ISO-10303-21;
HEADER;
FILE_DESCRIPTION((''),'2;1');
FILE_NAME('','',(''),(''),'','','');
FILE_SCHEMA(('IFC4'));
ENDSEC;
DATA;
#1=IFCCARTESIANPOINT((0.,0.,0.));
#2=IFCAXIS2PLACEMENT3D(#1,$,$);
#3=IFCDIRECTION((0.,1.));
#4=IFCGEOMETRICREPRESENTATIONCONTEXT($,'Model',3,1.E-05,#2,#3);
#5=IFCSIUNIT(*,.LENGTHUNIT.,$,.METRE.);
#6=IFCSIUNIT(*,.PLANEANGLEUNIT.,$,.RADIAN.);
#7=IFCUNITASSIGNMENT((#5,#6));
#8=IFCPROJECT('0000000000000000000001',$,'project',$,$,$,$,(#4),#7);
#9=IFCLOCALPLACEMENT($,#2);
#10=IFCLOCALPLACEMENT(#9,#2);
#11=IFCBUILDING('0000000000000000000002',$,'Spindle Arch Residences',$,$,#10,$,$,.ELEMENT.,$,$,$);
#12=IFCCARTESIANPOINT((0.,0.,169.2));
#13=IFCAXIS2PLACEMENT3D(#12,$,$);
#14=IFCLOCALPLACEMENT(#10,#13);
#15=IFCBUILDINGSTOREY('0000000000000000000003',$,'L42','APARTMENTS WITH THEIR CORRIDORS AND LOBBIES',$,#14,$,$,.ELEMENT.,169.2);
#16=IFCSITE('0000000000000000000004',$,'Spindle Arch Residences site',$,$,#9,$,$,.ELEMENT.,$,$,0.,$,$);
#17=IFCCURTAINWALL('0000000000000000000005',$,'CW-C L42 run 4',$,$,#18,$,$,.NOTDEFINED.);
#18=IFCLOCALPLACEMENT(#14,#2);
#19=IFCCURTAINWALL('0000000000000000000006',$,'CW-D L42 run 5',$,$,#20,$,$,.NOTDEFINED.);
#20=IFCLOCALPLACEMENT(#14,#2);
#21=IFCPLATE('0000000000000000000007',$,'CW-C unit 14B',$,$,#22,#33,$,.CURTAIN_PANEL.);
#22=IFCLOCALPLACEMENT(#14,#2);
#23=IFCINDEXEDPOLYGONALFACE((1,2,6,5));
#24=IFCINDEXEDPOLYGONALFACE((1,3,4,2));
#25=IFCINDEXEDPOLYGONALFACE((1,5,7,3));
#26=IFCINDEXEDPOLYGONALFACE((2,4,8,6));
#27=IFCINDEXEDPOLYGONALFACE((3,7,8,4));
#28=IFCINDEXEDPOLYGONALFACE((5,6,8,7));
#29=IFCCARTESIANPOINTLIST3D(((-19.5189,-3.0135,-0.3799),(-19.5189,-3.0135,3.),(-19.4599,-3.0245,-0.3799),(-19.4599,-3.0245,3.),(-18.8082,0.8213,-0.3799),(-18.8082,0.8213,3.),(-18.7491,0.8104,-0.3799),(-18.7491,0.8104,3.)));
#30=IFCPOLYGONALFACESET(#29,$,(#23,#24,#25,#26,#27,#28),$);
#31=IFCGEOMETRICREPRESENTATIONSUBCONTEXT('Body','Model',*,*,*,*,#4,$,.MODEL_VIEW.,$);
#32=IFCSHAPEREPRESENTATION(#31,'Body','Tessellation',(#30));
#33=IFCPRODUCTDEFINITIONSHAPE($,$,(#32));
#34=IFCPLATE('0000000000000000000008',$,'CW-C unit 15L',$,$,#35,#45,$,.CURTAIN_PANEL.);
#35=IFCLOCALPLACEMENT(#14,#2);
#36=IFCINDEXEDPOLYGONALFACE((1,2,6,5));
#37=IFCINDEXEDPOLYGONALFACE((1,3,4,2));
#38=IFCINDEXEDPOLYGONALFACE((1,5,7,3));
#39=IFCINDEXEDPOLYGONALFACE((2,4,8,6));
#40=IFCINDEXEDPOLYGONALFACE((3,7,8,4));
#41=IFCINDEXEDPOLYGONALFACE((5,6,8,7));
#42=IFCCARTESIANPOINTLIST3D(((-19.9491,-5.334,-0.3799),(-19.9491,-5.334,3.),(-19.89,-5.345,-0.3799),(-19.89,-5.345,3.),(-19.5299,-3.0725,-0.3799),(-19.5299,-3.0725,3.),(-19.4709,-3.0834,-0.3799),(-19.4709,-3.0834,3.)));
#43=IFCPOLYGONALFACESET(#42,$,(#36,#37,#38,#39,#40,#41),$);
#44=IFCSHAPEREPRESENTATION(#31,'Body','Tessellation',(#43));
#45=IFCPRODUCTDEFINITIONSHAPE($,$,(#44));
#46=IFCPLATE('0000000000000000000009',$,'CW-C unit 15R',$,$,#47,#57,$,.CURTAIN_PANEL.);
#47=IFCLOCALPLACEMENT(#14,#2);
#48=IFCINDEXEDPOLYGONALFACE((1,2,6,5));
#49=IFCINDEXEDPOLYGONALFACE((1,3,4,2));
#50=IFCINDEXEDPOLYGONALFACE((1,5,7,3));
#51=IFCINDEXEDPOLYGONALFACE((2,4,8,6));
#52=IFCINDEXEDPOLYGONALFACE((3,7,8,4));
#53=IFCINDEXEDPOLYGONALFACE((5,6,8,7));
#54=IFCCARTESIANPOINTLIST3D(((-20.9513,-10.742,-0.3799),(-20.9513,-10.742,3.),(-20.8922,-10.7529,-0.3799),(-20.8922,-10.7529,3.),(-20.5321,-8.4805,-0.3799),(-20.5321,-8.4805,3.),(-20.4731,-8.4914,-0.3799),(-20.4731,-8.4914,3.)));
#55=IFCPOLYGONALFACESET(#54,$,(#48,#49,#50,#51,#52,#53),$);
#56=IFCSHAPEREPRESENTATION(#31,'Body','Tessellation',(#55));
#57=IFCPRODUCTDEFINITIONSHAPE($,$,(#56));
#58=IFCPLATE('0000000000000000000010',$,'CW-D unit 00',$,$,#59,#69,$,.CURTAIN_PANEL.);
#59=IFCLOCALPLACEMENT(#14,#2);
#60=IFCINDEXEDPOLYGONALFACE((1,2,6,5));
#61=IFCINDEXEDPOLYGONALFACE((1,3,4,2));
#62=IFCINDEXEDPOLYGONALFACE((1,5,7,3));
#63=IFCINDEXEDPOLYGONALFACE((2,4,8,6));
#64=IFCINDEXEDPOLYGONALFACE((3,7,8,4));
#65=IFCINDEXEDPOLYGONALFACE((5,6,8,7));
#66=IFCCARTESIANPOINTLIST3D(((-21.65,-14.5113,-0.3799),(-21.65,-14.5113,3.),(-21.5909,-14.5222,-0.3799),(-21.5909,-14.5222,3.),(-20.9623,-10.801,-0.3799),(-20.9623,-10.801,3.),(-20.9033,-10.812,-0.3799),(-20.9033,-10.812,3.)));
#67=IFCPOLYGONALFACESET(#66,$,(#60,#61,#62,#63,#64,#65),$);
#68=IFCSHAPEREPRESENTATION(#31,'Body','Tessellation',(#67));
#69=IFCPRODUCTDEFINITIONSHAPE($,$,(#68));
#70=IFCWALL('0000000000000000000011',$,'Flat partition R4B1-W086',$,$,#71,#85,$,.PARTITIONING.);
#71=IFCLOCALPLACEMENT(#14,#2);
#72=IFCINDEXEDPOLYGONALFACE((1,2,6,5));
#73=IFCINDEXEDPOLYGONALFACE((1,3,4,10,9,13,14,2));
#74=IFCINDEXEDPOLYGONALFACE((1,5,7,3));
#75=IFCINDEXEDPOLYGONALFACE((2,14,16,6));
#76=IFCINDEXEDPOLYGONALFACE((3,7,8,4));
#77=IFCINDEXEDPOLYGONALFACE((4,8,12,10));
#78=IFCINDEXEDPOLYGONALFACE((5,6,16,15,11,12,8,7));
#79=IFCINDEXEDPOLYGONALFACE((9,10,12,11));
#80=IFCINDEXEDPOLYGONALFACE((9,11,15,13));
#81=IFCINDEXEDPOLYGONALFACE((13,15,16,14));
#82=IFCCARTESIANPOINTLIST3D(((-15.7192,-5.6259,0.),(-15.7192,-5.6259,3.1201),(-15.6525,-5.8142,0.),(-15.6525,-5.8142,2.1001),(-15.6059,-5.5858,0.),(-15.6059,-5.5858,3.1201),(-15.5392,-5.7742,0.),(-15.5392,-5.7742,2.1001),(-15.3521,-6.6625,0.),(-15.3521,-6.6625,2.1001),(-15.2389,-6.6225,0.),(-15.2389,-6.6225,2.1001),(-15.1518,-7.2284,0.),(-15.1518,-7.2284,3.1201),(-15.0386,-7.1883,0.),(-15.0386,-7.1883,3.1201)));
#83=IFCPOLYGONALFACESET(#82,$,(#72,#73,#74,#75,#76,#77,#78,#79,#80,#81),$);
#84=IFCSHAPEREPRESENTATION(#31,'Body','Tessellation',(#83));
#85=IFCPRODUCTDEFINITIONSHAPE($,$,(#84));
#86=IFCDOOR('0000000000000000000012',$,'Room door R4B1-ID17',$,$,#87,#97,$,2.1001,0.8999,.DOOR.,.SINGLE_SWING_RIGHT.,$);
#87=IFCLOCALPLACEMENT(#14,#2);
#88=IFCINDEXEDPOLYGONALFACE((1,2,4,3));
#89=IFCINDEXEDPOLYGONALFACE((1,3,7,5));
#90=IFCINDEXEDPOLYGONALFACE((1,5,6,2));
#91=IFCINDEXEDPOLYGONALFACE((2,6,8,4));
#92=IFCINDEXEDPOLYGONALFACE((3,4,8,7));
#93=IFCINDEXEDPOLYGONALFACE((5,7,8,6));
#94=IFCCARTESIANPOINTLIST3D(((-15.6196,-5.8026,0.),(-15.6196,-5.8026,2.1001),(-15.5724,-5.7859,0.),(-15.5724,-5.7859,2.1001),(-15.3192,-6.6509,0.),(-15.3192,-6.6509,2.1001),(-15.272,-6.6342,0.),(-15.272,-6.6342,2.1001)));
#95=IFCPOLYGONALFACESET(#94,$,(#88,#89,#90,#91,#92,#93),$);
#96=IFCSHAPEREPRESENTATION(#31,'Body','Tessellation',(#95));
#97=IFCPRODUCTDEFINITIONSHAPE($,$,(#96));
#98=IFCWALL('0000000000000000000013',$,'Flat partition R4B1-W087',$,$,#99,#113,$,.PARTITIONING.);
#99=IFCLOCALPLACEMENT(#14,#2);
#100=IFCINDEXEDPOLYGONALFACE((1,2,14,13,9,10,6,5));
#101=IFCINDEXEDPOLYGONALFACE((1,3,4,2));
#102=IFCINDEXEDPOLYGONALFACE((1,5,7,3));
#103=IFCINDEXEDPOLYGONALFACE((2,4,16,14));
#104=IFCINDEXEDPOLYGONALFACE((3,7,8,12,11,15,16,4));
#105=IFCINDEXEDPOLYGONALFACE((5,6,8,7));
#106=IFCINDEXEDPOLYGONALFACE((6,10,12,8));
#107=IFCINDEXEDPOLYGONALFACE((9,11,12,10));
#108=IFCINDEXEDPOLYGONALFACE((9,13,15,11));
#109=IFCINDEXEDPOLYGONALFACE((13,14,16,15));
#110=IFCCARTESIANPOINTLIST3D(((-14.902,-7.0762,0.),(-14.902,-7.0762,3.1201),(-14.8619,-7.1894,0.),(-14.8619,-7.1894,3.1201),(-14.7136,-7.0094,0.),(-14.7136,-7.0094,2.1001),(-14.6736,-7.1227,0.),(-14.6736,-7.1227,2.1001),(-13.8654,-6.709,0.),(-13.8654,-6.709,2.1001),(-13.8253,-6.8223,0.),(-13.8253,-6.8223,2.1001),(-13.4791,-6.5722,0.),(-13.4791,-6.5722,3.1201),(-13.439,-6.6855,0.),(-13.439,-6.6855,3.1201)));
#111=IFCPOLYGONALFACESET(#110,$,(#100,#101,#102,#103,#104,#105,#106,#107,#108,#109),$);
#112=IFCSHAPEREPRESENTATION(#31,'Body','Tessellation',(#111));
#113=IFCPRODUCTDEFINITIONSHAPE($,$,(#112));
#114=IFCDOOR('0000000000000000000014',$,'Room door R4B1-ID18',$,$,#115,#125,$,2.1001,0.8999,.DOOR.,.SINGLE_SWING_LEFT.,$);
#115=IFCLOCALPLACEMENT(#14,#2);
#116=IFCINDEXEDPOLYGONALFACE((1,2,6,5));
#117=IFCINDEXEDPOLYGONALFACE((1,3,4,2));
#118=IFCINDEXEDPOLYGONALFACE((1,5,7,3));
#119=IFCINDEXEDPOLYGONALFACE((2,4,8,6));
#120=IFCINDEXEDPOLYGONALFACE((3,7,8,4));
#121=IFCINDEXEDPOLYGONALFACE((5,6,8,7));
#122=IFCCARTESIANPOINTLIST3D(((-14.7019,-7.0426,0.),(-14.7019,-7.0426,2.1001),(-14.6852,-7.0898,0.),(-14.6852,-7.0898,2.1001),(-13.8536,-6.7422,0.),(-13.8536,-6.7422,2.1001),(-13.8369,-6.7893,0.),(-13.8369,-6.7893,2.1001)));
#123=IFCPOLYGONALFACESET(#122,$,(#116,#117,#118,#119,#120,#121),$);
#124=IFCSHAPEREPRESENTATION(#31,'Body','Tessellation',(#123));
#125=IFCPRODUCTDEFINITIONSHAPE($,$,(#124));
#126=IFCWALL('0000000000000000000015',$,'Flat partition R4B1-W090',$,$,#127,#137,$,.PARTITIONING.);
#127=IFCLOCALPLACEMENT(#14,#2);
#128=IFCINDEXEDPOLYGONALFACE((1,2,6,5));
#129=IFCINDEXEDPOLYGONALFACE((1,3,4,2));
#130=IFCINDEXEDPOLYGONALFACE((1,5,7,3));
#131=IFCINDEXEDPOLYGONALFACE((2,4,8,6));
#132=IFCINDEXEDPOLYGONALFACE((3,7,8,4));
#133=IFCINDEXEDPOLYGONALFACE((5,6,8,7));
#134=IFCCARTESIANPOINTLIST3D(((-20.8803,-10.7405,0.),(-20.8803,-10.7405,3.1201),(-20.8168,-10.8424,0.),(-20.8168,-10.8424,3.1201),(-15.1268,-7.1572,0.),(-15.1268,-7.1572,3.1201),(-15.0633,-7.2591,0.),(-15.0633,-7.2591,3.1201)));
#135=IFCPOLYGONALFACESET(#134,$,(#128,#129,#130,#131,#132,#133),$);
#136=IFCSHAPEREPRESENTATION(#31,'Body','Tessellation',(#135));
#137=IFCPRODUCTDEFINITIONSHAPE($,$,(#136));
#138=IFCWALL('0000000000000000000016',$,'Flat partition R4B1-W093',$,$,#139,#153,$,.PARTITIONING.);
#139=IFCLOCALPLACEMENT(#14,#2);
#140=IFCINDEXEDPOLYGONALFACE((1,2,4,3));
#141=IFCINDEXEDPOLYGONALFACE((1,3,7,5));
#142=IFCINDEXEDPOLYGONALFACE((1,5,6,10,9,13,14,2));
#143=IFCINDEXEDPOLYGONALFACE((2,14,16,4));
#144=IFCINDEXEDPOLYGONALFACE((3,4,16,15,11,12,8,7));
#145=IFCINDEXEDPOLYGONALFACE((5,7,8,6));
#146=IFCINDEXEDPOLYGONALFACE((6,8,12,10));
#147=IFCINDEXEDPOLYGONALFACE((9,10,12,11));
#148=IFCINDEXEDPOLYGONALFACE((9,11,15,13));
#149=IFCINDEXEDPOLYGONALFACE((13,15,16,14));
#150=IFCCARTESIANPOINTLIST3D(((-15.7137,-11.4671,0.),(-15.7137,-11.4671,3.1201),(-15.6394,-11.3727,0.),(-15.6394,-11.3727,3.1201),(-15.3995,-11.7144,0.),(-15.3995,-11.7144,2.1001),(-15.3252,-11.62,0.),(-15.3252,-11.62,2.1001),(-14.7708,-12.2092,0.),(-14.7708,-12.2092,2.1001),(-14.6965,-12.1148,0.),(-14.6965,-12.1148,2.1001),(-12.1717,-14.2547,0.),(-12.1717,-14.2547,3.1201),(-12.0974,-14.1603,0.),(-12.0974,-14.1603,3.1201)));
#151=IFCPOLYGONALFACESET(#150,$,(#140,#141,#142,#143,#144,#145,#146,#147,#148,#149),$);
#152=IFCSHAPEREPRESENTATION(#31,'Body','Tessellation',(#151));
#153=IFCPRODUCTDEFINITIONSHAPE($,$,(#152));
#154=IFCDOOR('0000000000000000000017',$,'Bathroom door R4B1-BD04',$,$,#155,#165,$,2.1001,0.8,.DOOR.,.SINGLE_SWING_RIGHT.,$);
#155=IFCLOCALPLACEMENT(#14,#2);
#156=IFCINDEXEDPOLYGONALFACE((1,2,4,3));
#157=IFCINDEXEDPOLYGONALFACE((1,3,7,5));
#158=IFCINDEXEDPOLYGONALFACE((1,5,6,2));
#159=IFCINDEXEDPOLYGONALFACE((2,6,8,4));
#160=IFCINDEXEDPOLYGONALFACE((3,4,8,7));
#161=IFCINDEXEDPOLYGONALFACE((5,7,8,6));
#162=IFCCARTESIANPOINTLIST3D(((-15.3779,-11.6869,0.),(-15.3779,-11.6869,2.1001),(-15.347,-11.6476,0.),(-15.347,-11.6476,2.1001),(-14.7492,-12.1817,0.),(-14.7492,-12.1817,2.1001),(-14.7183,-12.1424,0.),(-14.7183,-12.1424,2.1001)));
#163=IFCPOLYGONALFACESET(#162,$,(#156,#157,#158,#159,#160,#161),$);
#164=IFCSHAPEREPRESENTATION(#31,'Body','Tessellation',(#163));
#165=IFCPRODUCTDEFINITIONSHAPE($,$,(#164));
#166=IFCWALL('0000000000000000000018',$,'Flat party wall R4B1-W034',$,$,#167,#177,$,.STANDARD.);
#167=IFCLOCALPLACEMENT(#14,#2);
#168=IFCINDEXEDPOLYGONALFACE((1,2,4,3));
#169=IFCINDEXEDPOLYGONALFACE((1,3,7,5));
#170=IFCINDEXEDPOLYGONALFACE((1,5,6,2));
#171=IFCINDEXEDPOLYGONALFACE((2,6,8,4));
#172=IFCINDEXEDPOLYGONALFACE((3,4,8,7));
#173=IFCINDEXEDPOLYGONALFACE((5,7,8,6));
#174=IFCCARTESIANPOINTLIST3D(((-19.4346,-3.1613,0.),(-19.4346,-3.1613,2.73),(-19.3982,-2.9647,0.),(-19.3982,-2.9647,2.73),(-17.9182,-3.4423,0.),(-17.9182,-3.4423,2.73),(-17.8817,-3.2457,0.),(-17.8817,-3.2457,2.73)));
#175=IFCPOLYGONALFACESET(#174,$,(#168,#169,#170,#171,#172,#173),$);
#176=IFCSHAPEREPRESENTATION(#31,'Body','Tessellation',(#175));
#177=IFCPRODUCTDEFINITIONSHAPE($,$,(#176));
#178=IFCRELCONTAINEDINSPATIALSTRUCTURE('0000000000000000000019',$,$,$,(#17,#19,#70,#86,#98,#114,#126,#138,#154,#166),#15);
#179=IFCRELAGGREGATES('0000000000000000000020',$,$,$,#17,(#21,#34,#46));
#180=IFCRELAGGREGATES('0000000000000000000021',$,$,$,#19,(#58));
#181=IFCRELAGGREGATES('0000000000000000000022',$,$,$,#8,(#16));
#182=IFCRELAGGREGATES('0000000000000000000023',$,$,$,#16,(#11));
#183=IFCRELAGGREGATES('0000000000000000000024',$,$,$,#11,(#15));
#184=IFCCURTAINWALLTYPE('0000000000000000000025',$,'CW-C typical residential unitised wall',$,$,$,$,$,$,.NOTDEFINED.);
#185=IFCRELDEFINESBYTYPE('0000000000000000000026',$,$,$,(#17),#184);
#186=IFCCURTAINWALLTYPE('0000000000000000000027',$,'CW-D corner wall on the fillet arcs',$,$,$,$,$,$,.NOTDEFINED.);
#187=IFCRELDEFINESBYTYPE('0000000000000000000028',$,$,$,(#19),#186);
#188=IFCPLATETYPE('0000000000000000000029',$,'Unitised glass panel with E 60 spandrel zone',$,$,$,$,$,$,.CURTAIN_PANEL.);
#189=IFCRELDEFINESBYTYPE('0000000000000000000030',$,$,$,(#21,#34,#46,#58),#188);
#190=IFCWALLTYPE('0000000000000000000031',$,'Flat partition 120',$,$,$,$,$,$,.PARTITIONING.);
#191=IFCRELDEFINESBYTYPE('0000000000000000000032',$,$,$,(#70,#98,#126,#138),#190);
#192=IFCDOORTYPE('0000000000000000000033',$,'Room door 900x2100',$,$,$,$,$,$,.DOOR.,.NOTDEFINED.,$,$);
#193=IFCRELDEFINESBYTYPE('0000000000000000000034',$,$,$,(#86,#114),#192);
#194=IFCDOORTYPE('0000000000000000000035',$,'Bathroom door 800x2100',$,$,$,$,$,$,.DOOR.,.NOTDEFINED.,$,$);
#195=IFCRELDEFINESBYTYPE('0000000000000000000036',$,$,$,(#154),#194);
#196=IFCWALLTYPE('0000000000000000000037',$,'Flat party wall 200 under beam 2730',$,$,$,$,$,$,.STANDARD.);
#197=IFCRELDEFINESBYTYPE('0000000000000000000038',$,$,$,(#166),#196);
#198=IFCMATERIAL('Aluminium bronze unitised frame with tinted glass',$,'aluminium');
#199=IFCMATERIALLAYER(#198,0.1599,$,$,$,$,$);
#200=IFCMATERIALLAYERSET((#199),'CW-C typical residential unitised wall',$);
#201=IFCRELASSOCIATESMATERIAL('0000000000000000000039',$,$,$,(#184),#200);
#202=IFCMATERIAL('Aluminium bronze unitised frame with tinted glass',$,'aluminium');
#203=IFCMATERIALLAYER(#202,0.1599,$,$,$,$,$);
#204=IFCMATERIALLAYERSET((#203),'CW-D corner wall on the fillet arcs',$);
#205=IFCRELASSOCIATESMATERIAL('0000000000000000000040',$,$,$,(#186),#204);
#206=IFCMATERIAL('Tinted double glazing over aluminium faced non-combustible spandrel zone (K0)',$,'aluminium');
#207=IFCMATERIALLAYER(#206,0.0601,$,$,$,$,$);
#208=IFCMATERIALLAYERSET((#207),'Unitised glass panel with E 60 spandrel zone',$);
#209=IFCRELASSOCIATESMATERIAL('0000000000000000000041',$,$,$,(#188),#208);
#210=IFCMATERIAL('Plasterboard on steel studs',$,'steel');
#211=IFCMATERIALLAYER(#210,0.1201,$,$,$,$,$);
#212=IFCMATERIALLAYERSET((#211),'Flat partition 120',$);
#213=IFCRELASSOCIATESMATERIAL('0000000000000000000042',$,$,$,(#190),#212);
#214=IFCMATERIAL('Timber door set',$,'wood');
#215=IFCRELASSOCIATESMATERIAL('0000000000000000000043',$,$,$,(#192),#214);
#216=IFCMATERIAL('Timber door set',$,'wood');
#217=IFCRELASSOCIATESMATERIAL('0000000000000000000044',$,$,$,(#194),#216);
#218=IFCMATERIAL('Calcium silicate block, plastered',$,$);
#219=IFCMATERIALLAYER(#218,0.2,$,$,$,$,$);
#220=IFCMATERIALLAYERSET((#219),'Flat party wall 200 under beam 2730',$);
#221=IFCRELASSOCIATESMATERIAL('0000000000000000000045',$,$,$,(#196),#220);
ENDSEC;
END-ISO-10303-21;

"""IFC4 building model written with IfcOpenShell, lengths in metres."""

from ifc_helpers import new_model, si_unit, direction, frame, frame_2d, origin, origin_2d, place, context, subcontext, project, spatial, rectangle, extrude, material, layer, layer_set, type_object, element, fill, aggregate, save


model = new_model("IFC4")

# Units and contexts
model_context = context("Model", 3, precision=1e-05, world=origin(), true_north=direction((0.0, 1.0)))
body_context = subcontext(model_context, "Body", "Model", "MODEL_VIEW")
ifc_project = project(units=[si_unit("LENGTHUNIT", "METRE"), si_unit("PLANEANGLEUNIT", "RADIAN")], contexts=[model_context])

# Site, building, storey
site_placement = place(None, origin())
site = spatial("IfcSite", under=ifc_project, at=site_placement, Name="Spindle Arch Residences site", CompositionType="ELEMENT", RefElevation=0.0)
building_placement = place(site_placement, origin())
building = spatial("IfcBuilding", under=site, at=building_placement, Name="Spindle Arch Residences", CompositionType="ELEMENT")
storey_placement = place(building_placement, frame((0.0, 0.0, 169.2)))
storey = spatial("IfcBuildingStorey", under=building, at=storey_placement, Name="L42", Description="APARTMENTS WITH THEIR CORRIDORS AND LOBBIES", CompositionType="ELEMENT", Elevation=169.2)

# Curtain wall
ifc_material_1 = material(Name="Aluminium bronze unitised frame with tinted glass", Category="aluminium")
ifc_layer_1 = layer(ifc_material_1, 0.1599)
ifc_layer_set_1 = layer_set([ifc_layer_1], Name="CW-C typical residential unitised wall")
curtain_wall_type_1 = type_object("IfcCurtainWallType", Name="CW-C typical residential unitised wall", PredefinedType="NOTDEFINED", material=ifc_layer_set_1)
curtain_wall_1_placement = place(storey_placement, origin())
curtain_wall_1 = element("IfcCurtainWall", 1, at=curtain_wall_1_placement, inside=storey, type_object=curtain_wall_type_1, Name="CW-C L42 run 4", PredefinedType="NOTDEFINED")

# Curtain wall
ifc_material_2 = material(Name="Aluminium bronze unitised frame with tinted glass", Category="aluminium")
ifc_layer_2 = layer(ifc_material_2, 0.1599)
ifc_layer_set_2 = layer_set([ifc_layer_2], Name="CW-D corner wall on the fillet arcs")
curtain_wall_type_2 = type_object("IfcCurtainWallType", Name="CW-D corner wall on the fillet arcs", PredefinedType="NOTDEFINED", material=ifc_layer_set_2)
curtain_wall_2_placement = place(storey_placement, origin())
curtain_wall_2 = element("IfcCurtainWall", 2, at=curtain_wall_2_placement, inside=storey, type_object=curtain_wall_type_2, Name="CW-D L42 run 5", PredefinedType="NOTDEFINED")

# Plates
ifc_material_3 = material(Name="Tinted double glazing over aluminium faced non-combustible spandrel zone (K0)", Category="aluminium")
ifc_layer_3 = layer(ifc_material_3, 0.0601)
ifc_layer_set_3 = layer_set([ifc_layer_3], Name="Unitised glass panel with E 60 spandrel zone")
plate_type = type_object("IfcPlateType", Name="Unitised glass panel with E 60 spandrel zone", PredefinedType="CURTAIN_PANEL", material=ifc_layer_set_3)
plate_1_placement = place(storey_placement, frame((-19.134, -1.1016, -0.3799), z_axis=(0.0, 0.0, 1.0), x_axis=(-0.182236, -0.983255, 0.0)))
plate_1 = element("IfcPlate", 3, at=plate_1_placement, type_object=plate_type, Name="CW-C unit 14B", PredefinedType="CURTAIN_PANEL", context=body_context, shape_type="SweptSolid", body=[
    extrude(rectangle(XDim=3.9001, YDim=0.0601, at=origin_2d()), origin(), (0.0, 0.0, 1.0), 3.3799),
])
plate_2_placement = place(storey_placement, frame((-19.71, -4.2087, -0.3799), z_axis=(0.0, 0.0, 1.0), x_axis=(-0.182236, -0.983255, 0.0)))
plate_2 = element("IfcPlate", 4, at=plate_2_placement, type_object=plate_type, Name="CW-C unit 15L", PredefinedType="CURTAIN_PANEL", context=body_context, shape_type="SweptSolid", body=[
    extrude(rectangle(XDim=2.3, YDim=0.0601, at=origin_2d()), origin(), (0.0, 0.0, 1.0), 3.3799),
])
plate_3_placement = place(storey_placement, frame((-20.7122, -9.6167, -0.3799), z_axis=(0.0, 0.0, 1.0), x_axis=(-0.182236, -0.983255, 0.0)))
plate_3 = element("IfcPlate", 5, at=plate_3_placement, type_object=plate_type, Name="CW-C unit 15R", PredefinedType="CURTAIN_PANEL", context=body_context, shape_type="SweptSolid", body=[
    extrude(rectangle(XDim=2.3, YDim=0.0601, at=origin_2d()), origin(), (0.0, 0.0, 1.0), 3.3799),
])
aggregate(curtain_wall_1, [plate_1, plate_2, plate_3])
plate_4_placement = place(storey_placement, frame((-21.2766, -12.6616, -0.3799), z_axis=(0.0, 0.0, 1.0), x_axis=(-0.182236, -0.983255, 0.0)))
plate_4 = element("IfcPlate", 6, at=plate_4_placement, type_object=plate_type, Name="CW-D unit 00", PredefinedType="CURTAIN_PANEL", context=body_context, shape_type="SweptSolid", body=[
    extrude(rectangle(XDim=3.7734, YDim=0.0601, at=origin_2d()), origin(), (0.0, 0.0, 1.0), 3.3799),
])
aggregate(curtain_wall_2, [plate_4])

# Walls, openings, doors
ifc_material_4 = material(Name="Plasterboard on steel studs", Category="steel")
ifc_layer_4 = layer(ifc_material_4, 0.1201)
ifc_layer_set_4 = layer_set([ifc_layer_4], Name="Flat partition 120")
wall_type_1 = type_object("IfcWallType", Name="Flat partition 120", PredefinedType="PARTITIONING", material=ifc_layer_set_4)
wall_1_placement = place(storey_placement, frame((-15.6626, -5.6057, 0.0), z_axis=(0.0, 0.0, 1.0), x_axis=(0.333751, -0.942661, 0.0)))
wall_1 = element("IfcWall", 7, at=wall_1_placement, inside=storey, type_object=wall_type_1, Name="Flat partition R4B1-W086", PredefinedType="PARTITIONING", context=body_context, shape_type="SweptSolid", body=[
    extrude(rectangle(XDim=1.7, YDim=0.1201, at=frame_2d((0.8501, 0.0))), origin(), (0.0, 0.0, 1.0), 3.1201),
])
opening_1_placement = place(wall_1_placement, frame((0.2, 0.0, 0.0)))
opening_1 = element("IfcOpeningElement", 8, at=opening_1_placement, cuts=wall_1, PredefinedType="OPENING", context=body_context, shape_type="SweptSolid", body=[
    extrude(rectangle(XDim=0.8999, YDim=2.1001, at=frame_2d((0.45, 1.05))), frame((0.0, 0.0701, 0.0), z_axis=(0.0, -1.0, 0.0), x_axis=(1.0, 0.0, 0.0)), (0.0, 0.0, 1.0), 0.1401),
])
ifc_material_5 = material(Name="Timber door set", Category="wood")
door_type_1 = type_object("IfcDoorType", Name="Room door 900x2100", OperationType="NOTDEFINED", PredefinedType="DOOR", material=ifc_material_5)
door_1_placement = place(opening_1_placement, origin())
door_1 = element("IfcDoor", 9, at=door_1_placement, inside=storey, type_object=door_type_1, Name="Room door R4B1-ID17", OperationType="SINGLE_SWING_RIGHT", OverallHeight=2.1001, OverallWidth=0.8999, PredefinedType="DOOR", context=body_context, shape_type="SweptSolid", body=[
    extrude(rectangle(XDim=0.8999, YDim=2.1001, at=frame_2d((0.45, 1.05))), frame((0.0, 0.0249, 0.0), z_axis=(0.0, -1.0, 0.0), x_axis=(1.0, 0.0, 0.0)), (0.0, 0.0, 1.0), 0.05),
])
fill(opening_1, door_1)
wall_2_placement = place(storey_placement, frame((-14.8821, -7.1328, 0.0), z_axis=(0.0, 0.0, 1.0), x_axis=(0.942631, 0.333835, 0.0)))
wall_2 = element("IfcWall", 10, at=wall_2_placement, inside=storey, type_object=wall_type_1, Name="Flat partition R4B1-W087", PredefinedType="PARTITIONING", context=body_context, shape_type="SweptSolid", body=[
    extrude(rectangle(XDim=1.5095, YDim=0.1201, at=frame_2d((0.7549, 0.0))), origin(), (0.0, 0.0, 1.0), 3.1201),
])
opening_2_placement = place(wall_2_placement, frame((0.2, 0.0, 0.0)))
opening_2 = element("IfcOpeningElement", 11, at=opening_2_placement, cuts=wall_2, PredefinedType="OPENING", context=body_context, shape_type="SweptSolid", body=[
    extrude(rectangle(XDim=0.8999, YDim=2.1001, at=frame_2d((0.45, 1.05))), frame((0.0, 0.0701, 0.0), z_axis=(0.0, -1.0, 0.0), x_axis=(1.0, 0.0, 0.0)), (0.0, 0.0, 1.0), 0.1401),
])
door_2_placement = place(opening_2_placement, origin())
door_2 = element("IfcDoor", 12, at=door_2_placement, inside=storey, type_object=door_type_1, Name="Room door R4B1-ID18", OperationType="SINGLE_SWING_LEFT", OverallHeight=2.1001, OverallWidth=0.8999, PredefinedType="DOOR", context=body_context, shape_type="SweptSolid", body=[
    extrude(rectangle(XDim=0.8999, YDim=2.1001, at=frame_2d((0.45, 1.05))), frame((0.0, 0.0249, 0.0), z_axis=(0.0, -1.0, 0.0), x_axis=(1.0, 0.0, 0.0)), (0.0, 0.0, 1.0), 0.05),
])
fill(opening_2, door_2)

# Wall
wall_3_placement = place(storey_placement, frame((-20.8486, -10.7915, 0.0), z_axis=(0.0, 0.0, 1.0), x_axis=(0.848835, 0.528658, 0.0)))
element("IfcWall", 13, at=wall_3_placement, inside=storey, type_object=wall_type_1, Name="Flat partition R4B1-W090", PredefinedType="PARTITIONING", context=body_context, shape_type="SweptSolid", body=[
    extrude(rectangle(XDim=6.7781, YDim=0.1201, at=frame_2d((3.3892, 0.0))), origin(), (0.0, 0.0, 1.0), 3.1201),
])

# Wall, opening, door
wall_4_placement = place(storey_placement, frame((-15.6765, -11.4199, 0.0), z_axis=(0.0, 0.0, 1.0), x_axis=(0.785822, -0.618453, 0.0)))
wall_4 = element("IfcWall", 14, at=wall_4_placement, inside=storey, type_object=wall_type_1, Name="Flat partition R4B1-W093", PredefinedType="PARTITIONING", context=body_context, shape_type="SweptSolid", body=[
    extrude(rectangle(XDim=4.5073, YDim=0.1201, at=frame_2d((2.2537, 0.0))), origin(), (0.0, 0.0, 1.0), 3.1201),
])
opening_3_placement = place(wall_4_placement, frame((0.3999, 0.0, 0.0)))
opening_3 = element("IfcOpeningElement", 15, at=opening_3_placement, cuts=wall_4, PredefinedType="OPENING", context=body_context, shape_type="SweptSolid", body=[
    extrude(rectangle(XDim=0.8, YDim=2.1001, at=frame_2d((0.3999, 1.05))), frame((0.0, 0.0701, 0.0), z_axis=(0.0, -1.0, 0.0), x_axis=(1.0, 0.0, 0.0)), (0.0, 0.0, 1.0), 0.1401),
])
ifc_material_6 = material(Name="Timber door set", Category="wood")
door_type_2 = type_object("IfcDoorType", Name="Bathroom door 800x2100", OperationType="NOTDEFINED", PredefinedType="DOOR", material=ifc_material_6)
door_3_placement = place(opening_3_placement, origin())
door_3 = element("IfcDoor", 16, at=door_3_placement, inside=storey, type_object=door_type_2, Name="Bathroom door R4B1-BD04", OperationType="SINGLE_SWING_RIGHT", OverallHeight=2.1001, OverallWidth=0.8, PredefinedType="DOOR", context=body_context, shape_type="SweptSolid", body=[
    extrude(rectangle(XDim=0.8, YDim=2.1001, at=frame_2d((0.3999, 1.05))), frame((0.0, 0.0249, 0.0), z_axis=(0.0, -1.0, 0.0), x_axis=(1.0, 0.0, 0.0)), (0.0, 0.0, 1.0), 0.05),
])
fill(opening_3, door_3)

# Wall
ifc_material_7 = material(Name="Calcium silicate block, plastered")
ifc_layer_5 = layer(ifc_material_7, 0.2)
ifc_layer_set_5 = layer_set([ifc_layer_5], Name="Flat party wall 200 under beam 2730")
wall_type_2 = type_object("IfcWallType", Name="Flat party wall 200 under beam 2730", PredefinedType="STANDARD", material=ifc_layer_set_5)
wall_5_placement = place(storey_placement, frame((-19.4163, -3.063, 0.0), z_axis=(0.0, 0.0, 1.0), x_axis=(0.983259, -0.182214, 0.0)))
element("IfcWall", 17, at=wall_5_placement, inside=storey, type_object=wall_type_2, Name="Flat party wall R4B1-W034", PredefinedType="STANDARD", context=body_context, shape_type="SweptSolid", body=[
    extrude(rectangle(XDim=1.5422, YDim=0.2, at=frame_2d((0.771, 0.0))), origin(), (0.0, 0.0, 1.0), 2.73),
])

save(model, "model.ifc")
